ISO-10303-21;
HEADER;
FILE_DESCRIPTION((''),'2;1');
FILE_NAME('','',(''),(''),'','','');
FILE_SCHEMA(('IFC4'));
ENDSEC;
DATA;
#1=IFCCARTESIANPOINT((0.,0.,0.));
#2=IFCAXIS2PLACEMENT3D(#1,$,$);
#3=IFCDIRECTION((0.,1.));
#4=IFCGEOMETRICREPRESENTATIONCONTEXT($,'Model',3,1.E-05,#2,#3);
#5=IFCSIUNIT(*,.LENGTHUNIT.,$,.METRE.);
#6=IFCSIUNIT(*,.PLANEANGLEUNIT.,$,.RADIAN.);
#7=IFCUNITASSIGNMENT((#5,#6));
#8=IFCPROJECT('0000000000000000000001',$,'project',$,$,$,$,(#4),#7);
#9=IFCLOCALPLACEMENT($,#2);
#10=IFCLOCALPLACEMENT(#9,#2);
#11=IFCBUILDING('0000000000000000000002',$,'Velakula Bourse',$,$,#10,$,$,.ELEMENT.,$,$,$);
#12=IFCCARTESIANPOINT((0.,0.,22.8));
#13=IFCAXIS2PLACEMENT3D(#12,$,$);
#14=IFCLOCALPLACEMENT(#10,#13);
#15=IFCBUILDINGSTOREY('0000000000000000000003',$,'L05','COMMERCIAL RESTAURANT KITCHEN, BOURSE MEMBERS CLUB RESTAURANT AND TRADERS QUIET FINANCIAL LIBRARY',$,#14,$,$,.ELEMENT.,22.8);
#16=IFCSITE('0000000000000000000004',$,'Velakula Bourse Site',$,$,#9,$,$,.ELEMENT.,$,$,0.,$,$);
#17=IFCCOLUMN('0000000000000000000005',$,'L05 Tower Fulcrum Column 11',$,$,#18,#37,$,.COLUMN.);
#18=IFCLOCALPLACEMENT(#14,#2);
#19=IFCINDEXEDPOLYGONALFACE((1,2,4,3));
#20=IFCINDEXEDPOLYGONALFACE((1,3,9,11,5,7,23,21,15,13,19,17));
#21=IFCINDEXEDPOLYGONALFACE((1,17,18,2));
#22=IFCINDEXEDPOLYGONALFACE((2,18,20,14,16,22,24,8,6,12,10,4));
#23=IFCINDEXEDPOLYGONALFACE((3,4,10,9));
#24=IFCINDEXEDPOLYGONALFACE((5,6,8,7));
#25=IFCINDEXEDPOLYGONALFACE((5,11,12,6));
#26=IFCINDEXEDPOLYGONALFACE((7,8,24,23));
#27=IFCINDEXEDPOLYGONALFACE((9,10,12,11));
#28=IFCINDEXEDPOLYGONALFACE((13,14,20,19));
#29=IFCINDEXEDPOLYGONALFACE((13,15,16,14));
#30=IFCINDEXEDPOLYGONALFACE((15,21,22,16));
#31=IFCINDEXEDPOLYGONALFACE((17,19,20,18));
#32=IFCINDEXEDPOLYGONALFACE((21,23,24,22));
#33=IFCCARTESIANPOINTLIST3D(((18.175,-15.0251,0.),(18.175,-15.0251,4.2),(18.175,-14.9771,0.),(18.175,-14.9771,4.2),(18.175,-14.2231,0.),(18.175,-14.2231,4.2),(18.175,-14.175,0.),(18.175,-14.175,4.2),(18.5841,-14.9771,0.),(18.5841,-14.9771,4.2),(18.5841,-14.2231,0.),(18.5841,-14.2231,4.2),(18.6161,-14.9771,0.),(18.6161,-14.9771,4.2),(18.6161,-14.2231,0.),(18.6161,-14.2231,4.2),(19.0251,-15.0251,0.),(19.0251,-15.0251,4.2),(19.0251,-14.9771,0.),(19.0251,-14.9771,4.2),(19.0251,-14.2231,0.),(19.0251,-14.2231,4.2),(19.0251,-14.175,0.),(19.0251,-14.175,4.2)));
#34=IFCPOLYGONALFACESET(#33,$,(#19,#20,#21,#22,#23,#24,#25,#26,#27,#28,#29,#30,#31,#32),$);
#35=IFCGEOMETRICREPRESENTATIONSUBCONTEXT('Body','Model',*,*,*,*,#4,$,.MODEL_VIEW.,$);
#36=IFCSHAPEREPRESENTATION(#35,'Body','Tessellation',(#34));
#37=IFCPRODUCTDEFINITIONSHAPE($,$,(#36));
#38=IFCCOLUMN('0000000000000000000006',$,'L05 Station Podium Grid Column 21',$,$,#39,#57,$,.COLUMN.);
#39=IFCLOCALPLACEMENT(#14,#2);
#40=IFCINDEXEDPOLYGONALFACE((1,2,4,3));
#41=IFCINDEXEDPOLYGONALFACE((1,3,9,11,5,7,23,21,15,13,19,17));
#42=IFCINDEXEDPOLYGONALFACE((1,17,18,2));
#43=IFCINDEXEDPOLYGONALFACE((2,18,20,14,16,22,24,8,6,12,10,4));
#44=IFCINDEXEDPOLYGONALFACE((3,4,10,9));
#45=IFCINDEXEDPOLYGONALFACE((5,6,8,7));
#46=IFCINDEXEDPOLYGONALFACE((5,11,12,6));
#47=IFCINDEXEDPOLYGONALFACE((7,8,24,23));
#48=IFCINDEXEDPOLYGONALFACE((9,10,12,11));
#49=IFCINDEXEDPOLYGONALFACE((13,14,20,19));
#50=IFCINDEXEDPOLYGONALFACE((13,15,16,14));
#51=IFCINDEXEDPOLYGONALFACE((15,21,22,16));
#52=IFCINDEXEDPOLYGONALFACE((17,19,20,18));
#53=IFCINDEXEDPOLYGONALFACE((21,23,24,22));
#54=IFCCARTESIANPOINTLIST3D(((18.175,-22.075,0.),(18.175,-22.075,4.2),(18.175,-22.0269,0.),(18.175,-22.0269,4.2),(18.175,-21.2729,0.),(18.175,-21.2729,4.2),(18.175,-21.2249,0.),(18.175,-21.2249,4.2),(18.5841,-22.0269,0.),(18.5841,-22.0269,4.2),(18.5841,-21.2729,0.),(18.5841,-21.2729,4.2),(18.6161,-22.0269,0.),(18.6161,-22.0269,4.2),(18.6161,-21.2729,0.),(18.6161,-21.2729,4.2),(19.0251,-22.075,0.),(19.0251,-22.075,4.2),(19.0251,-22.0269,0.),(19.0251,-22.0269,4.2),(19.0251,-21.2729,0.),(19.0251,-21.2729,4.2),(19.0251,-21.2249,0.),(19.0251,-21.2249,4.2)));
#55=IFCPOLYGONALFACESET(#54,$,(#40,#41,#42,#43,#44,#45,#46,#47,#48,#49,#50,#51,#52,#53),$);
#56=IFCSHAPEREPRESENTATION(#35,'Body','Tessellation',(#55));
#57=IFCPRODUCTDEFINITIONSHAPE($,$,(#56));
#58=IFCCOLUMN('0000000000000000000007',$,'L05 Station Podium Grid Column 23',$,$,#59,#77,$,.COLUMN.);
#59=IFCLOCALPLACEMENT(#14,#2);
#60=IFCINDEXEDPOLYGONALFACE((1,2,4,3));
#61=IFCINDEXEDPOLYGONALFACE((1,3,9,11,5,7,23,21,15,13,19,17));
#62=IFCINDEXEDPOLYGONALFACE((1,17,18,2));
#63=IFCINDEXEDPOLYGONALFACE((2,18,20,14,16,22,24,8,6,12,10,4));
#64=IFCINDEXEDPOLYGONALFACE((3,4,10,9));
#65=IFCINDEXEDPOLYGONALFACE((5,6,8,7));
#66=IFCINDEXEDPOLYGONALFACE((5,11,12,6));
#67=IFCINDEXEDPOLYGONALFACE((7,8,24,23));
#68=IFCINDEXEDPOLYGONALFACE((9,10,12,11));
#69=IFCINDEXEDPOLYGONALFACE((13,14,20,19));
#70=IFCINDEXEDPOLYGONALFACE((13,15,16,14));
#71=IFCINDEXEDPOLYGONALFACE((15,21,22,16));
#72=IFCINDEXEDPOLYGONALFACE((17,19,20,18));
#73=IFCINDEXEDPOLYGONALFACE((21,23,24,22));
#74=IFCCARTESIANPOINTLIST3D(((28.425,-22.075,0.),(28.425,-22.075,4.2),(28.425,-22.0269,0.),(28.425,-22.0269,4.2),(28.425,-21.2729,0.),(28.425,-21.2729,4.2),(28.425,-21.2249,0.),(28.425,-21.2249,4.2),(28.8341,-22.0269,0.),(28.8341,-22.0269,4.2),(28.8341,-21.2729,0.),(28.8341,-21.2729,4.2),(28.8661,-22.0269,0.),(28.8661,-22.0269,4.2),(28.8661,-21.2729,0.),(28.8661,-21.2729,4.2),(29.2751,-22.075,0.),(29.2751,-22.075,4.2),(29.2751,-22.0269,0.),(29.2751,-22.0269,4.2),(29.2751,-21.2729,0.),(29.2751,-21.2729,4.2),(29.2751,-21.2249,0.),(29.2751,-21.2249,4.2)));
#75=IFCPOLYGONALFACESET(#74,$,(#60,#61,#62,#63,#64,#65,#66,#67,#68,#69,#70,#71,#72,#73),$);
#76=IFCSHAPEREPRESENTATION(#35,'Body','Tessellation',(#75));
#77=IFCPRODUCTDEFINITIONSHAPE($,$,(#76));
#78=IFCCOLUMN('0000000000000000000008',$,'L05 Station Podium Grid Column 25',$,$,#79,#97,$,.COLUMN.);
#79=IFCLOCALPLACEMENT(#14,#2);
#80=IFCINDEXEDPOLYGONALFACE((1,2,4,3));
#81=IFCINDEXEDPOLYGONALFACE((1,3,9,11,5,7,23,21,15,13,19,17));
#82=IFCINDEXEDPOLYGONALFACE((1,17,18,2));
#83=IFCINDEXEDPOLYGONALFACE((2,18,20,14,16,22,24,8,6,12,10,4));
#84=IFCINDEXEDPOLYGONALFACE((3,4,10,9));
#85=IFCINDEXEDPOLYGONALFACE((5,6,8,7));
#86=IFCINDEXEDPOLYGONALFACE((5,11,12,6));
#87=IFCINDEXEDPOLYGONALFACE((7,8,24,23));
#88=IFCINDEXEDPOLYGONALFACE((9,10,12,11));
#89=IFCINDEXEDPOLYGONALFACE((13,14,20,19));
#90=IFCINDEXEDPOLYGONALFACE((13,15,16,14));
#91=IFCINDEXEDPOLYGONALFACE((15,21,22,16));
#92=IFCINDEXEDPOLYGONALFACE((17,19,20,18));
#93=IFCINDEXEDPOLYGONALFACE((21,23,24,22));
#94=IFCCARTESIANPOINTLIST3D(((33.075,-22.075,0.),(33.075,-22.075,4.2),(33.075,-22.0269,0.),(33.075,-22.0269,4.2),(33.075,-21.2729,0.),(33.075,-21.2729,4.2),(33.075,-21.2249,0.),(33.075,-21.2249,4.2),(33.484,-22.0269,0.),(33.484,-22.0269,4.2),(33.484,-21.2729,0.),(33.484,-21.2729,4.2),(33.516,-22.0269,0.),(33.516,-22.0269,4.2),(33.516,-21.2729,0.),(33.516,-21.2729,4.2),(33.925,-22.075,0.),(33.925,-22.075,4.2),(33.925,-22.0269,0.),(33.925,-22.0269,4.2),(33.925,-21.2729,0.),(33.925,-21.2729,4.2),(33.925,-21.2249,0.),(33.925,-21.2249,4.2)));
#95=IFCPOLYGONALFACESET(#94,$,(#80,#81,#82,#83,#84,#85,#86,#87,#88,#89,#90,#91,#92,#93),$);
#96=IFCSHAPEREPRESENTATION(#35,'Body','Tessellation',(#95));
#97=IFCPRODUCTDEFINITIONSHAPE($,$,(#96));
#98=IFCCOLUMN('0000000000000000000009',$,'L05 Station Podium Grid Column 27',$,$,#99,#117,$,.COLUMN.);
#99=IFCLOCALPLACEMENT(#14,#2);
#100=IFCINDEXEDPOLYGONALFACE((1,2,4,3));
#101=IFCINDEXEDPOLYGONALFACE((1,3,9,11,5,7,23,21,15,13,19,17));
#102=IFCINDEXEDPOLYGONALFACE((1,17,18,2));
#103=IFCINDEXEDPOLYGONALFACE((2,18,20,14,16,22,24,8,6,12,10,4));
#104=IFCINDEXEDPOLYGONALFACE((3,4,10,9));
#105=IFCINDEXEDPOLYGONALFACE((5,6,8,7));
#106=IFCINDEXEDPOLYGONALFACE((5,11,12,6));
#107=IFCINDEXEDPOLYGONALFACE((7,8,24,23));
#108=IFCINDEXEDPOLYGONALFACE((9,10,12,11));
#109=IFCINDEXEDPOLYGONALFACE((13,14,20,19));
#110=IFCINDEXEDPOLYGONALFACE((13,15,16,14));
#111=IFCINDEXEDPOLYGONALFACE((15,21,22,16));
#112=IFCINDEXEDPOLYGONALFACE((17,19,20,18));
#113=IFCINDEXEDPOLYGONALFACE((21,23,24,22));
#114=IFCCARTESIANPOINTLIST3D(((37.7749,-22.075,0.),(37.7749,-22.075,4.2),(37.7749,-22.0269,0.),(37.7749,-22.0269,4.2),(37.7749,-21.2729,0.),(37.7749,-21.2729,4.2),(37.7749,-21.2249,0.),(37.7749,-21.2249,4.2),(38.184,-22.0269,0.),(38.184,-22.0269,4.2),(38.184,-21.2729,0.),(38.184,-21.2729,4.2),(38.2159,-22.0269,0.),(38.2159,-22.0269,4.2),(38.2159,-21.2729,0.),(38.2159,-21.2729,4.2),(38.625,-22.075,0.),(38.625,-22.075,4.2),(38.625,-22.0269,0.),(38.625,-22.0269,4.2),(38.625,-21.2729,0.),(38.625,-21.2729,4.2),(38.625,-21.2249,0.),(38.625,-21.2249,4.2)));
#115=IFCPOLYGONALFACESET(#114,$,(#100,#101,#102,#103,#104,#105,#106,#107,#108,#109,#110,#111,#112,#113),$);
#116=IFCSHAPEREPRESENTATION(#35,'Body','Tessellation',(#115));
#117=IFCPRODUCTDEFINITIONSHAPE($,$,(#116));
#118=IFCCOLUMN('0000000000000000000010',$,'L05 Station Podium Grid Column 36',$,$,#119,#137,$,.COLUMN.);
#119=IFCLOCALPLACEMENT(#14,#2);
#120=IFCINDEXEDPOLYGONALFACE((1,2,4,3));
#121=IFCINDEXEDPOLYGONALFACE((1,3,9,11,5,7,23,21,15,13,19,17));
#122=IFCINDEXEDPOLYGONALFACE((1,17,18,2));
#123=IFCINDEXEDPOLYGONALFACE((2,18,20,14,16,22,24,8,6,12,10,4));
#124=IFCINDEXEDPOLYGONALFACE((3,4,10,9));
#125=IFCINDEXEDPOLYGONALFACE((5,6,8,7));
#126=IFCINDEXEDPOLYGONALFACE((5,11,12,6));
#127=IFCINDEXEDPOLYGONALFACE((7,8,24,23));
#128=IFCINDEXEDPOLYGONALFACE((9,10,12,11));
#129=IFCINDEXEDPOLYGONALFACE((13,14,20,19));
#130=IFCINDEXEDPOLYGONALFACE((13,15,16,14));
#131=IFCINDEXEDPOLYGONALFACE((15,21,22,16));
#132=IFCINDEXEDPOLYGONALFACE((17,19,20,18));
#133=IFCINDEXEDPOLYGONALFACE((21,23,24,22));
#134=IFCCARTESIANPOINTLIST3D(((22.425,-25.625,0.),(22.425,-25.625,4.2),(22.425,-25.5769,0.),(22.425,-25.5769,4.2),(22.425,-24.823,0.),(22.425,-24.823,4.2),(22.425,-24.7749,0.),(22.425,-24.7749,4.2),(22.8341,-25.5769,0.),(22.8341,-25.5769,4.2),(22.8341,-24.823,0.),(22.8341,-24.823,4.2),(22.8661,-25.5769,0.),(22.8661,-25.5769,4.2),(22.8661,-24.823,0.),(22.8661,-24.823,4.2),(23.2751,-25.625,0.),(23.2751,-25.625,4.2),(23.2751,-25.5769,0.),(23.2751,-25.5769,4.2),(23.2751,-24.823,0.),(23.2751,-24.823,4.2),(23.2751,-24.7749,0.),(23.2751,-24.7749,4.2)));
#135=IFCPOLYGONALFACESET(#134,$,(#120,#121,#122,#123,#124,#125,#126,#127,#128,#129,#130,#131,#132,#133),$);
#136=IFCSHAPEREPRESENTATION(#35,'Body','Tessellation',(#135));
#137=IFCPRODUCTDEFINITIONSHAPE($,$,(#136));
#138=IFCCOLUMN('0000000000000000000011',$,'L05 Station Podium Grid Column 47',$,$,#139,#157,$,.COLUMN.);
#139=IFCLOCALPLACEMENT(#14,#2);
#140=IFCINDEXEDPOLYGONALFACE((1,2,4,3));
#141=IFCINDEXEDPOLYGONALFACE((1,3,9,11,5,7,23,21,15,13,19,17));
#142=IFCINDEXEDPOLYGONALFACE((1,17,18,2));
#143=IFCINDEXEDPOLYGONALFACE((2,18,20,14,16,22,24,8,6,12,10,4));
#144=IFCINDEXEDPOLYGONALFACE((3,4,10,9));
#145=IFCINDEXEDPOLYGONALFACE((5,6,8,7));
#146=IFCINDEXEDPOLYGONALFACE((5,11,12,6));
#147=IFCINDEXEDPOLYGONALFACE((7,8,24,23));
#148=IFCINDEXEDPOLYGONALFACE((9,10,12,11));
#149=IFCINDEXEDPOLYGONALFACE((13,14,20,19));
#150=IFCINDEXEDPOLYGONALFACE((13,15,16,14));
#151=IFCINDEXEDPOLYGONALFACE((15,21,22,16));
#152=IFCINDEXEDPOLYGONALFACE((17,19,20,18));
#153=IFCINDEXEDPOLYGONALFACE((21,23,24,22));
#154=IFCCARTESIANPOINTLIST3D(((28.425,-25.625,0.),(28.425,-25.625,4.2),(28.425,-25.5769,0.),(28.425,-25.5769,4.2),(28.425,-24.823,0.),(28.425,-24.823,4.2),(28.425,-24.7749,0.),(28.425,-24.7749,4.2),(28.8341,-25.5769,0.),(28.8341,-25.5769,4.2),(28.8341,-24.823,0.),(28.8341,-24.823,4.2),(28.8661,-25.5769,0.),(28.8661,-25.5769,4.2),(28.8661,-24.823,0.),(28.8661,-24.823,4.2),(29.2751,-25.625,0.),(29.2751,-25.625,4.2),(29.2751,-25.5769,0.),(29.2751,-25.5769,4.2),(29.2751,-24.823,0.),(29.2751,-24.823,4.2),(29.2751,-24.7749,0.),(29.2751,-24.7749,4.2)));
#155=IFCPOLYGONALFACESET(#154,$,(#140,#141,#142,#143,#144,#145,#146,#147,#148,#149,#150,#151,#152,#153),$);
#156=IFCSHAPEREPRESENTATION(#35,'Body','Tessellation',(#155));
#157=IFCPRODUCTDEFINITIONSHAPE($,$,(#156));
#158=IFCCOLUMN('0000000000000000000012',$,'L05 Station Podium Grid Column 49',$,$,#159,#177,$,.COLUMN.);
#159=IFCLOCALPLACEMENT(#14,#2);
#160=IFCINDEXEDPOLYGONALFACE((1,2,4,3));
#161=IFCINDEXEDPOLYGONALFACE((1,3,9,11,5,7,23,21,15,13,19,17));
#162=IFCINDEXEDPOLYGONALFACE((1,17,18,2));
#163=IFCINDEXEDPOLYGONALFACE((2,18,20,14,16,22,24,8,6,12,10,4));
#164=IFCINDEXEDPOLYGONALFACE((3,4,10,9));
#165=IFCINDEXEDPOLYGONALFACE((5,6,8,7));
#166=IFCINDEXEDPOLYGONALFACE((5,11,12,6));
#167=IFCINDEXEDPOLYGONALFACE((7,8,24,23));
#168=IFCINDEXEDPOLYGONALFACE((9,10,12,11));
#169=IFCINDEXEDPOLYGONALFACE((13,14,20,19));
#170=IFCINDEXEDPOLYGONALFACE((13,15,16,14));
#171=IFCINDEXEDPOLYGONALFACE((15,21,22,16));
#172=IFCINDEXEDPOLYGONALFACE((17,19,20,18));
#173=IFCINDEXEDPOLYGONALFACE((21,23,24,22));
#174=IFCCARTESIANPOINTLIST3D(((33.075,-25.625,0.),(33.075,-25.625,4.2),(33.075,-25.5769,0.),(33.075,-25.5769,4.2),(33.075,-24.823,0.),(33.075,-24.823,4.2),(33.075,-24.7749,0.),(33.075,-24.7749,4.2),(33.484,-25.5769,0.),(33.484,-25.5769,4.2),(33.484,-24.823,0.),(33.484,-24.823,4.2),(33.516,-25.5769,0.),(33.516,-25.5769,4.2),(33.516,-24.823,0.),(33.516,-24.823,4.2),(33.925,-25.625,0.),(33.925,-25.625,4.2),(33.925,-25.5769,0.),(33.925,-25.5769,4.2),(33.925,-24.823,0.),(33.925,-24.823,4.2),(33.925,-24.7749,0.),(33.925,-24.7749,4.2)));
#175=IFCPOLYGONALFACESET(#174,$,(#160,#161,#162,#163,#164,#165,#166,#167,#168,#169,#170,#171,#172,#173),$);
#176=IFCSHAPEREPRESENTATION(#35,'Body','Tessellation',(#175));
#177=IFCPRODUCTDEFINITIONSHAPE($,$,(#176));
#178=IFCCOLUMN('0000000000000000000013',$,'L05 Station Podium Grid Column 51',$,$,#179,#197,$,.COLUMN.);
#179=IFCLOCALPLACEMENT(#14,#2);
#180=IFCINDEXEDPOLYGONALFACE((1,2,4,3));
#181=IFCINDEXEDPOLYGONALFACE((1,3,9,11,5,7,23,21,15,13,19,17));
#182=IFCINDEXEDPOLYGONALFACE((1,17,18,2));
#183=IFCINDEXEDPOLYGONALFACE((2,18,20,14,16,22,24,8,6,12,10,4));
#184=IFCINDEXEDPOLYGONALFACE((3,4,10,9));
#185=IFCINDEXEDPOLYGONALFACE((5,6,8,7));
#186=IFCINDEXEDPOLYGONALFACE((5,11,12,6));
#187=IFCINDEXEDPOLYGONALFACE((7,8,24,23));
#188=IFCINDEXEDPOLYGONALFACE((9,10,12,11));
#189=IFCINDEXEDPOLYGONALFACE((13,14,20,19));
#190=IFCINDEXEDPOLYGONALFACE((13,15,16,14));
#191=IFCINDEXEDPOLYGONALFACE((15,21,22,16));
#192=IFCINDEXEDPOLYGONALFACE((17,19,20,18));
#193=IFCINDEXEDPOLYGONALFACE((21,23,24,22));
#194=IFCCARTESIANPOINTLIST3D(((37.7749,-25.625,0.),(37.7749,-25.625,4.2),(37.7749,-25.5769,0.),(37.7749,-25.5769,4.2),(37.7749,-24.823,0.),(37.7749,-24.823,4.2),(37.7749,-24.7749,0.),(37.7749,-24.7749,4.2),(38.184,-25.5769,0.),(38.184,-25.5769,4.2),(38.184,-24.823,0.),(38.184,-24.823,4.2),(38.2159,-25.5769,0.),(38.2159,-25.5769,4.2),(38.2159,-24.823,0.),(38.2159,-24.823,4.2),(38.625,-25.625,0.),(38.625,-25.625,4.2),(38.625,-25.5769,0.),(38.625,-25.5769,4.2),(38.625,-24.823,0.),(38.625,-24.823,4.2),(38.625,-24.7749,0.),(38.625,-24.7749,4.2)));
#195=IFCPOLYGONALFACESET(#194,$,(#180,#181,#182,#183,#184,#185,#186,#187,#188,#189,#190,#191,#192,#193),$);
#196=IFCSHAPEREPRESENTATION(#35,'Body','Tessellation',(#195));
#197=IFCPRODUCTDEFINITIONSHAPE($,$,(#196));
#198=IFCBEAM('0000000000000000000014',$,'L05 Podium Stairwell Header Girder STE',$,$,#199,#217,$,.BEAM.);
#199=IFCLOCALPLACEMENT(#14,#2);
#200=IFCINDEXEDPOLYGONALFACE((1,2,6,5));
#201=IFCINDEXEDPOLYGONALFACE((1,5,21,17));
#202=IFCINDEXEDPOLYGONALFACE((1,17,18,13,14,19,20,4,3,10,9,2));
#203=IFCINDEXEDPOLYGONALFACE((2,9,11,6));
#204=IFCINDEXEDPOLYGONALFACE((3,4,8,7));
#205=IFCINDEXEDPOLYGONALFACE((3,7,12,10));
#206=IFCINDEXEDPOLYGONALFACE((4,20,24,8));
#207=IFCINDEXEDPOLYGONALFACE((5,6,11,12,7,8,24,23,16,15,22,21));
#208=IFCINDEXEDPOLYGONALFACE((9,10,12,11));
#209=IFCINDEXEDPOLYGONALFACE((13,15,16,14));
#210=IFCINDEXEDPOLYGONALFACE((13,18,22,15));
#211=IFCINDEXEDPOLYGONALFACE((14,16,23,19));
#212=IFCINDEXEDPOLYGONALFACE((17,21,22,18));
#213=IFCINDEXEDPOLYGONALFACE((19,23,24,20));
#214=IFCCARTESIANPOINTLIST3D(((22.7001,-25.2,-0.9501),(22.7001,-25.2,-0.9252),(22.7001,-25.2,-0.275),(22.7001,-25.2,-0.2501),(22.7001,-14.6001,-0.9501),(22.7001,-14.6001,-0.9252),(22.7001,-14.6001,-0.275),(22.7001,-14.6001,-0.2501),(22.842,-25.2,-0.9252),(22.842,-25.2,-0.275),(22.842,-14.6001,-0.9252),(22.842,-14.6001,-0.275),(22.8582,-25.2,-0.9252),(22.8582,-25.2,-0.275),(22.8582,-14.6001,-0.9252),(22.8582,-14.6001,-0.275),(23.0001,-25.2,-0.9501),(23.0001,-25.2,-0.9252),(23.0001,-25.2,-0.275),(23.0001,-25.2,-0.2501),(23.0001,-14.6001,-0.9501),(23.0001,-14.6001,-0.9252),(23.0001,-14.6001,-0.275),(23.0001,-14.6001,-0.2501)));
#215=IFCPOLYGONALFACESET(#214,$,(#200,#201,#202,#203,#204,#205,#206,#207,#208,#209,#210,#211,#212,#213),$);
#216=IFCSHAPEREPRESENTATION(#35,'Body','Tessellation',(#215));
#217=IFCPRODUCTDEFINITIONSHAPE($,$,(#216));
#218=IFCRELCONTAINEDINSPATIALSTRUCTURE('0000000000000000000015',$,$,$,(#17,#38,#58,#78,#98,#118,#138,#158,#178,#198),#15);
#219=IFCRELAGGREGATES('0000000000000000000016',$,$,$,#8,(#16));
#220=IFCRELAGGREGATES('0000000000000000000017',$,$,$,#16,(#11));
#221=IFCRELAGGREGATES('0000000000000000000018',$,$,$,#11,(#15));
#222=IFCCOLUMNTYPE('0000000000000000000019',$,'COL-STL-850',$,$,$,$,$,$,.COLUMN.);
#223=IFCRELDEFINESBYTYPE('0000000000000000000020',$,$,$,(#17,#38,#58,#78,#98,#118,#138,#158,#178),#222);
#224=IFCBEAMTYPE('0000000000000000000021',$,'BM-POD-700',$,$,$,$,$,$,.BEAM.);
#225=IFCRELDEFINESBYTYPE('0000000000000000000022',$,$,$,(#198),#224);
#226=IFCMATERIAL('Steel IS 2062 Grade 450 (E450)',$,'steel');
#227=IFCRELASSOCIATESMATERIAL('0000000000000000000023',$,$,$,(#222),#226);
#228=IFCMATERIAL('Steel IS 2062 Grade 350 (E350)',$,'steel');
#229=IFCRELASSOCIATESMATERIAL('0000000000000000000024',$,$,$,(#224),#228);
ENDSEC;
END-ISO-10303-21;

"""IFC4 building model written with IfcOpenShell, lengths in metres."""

from ifc_helpers import new_model, si_unit, direction, frame, origin, origin_2d, place, context, subcontext, project, spatial, i_section, extrude, material, material_profile, profile_set, type_object, element, save


model = new_model("IFC4")

# Units and contexts
model_context = context("Model", 3, precision=1e-05, world=origin(), true_north=direction((0.0, 1.0)))
body_context = subcontext(model_context, "Body", "Model", "MODEL_VIEW")
ifc_project = project(units=[si_unit("LENGTHUNIT", "METRE"), si_unit("PLANEANGLEUNIT", "RADIAN")], contexts=[model_context])

# Site, building, storey
site_placement = place(None, origin())
site = spatial("IfcSite", under=ifc_project, at=site_placement, Name="Velakula Bourse Site", CompositionType="ELEMENT", RefElevation=0.0)
building_placement = place(site_placement, origin())
building = spatial("IfcBuilding", under=site, at=building_placement, Name="Velakula Bourse", CompositionType="ELEMENT")
storey_placement = place(building_placement, frame((0.0, 0.0, 22.8)))
storey = spatial("IfcBuildingStorey", under=building, at=storey_placement, Name="L05", Description="COMMERCIAL RESTAURANT KITCHEN, BOURSE MEMBERS CLUB RESTAURANT AND TRADERS QUIET FINANCIAL LIBRARY", CompositionType="ELEMENT", Elevation=22.8)

# Columns
ifc_material_1 = material(Name="Steel IS 2062 Grade 450 (E450)", Category="steel")
ifc_material_profile_1 = material_profile(ifc_material_1, i_section(OverallWidth=0.8501, OverallDepth=0.8501, WebThickness=0.032, FlangeThickness=0.0481, at=origin_2d()), Name="Steel IS 2062 Grade 450 (E450)")
ifc_profile_set_1 = profile_set([ifc_material_profile_1], Name="Steel IS 2062 Grade 450 (E450)")
column_type = type_object("IfcColumnType", Name="COL-STL-850", PredefinedType="COLUMN", material=ifc_profile_set_1)
for number, where, z_axis, x_axis, name in (
    (1, (18.6001, -14.6001, 0.0), (0.0, 0.0, 1.0), (1.0, 0.0, 0.0), "L05 Tower Fulcrum Column 11"),
    (2, (18.6001, -21.6499, 0.0), (0.0, 0.0, 1.0), (1.0, 0.0, 0.0), "L05 Station Podium Grid Column 21"),
    (3, (28.8501, -21.6499, 0.0), (0.0, 0.0, 1.0), (1.0, 0.0, 0.0), "L05 Station Podium Grid Column 23"),
    (4, (33.5, -21.6499, 0.0), (0.0, 0.0, 1.0), (1.0, 0.0, 0.0), "L05 Station Podium Grid Column 25"),
    (5, (38.2, -21.6499, 0.0), (0.0, 0.0, 1.0), (1.0, 0.0, 0.0), "L05 Station Podium Grid Column 27"),
    (6, (22.8501, -25.2, 0.0), (0.0, 0.0, 1.0), (1.0, 0.0, 0.0), "L05 Station Podium Grid Column 36"),
    (7, (28.8501, -25.2, 0.0), (0.0, 0.0, 1.0), (1.0, 0.0, 0.0), "L05 Station Podium Grid Column 47"),
    (8, (33.5, -25.2, 0.0), (0.0, 0.0, 1.0), (1.0, 0.0, 0.0), "L05 Station Podium Grid Column 49"),
    (9, (38.2, -25.2, 0.0), (0.0, 0.0, 1.0), (1.0, 0.0, 0.0), "L05 Station Podium Grid Column 51"),
):
    element("IfcColumn", number, at=place(storey_placement, frame(where, z_axis=z_axis, x_axis=x_axis)), inside=storey, type_object=column_type, Name=name, PredefinedType="COLUMN", context=body_context, shape_type="SweptSolid", body=[
        extrude(i_section(OverallWidth=0.8501, OverallDepth=0.8501, WebThickness=0.032, FlangeThickness=0.0481, at=origin_2d()), origin(), (0.0, 0.0, 1.0), 4.2),
    ])

# Beam
ifc_material_2 = material(Name="Steel IS 2062 Grade 350 (E350)", Category="steel")
ifc_material_profile_2 = material_profile(ifc_material_2, i_section(OverallWidth=0.3, OverallDepth=0.7, WebThickness=0.0161, FlangeThickness=0.0249, at=origin_2d()), Name="Steel IS 2062 Grade 350 (E350)")
ifc_profile_set_2 = profile_set([ifc_material_profile_2], Name="Steel IS 2062 Grade 350 (E350)")
beam_type_1 = type_object("IfcBeamType", Name="BM-POD-700", PredefinedType="BEAM", material=ifc_profile_set_2)
beam_1_placement = place(storey_placement, frame((22.8501, -25.2, -0.6001), z_axis=(0.0, 1.0, 0.0), x_axis=(-1.0, 0.0, 0.0)))
element("IfcBeam", 10, at=beam_1_placement, inside=storey, type_object=beam_type_1, Name="L05 Podium Stairwell Header Girder STE", PredefinedType="BEAM", context=body_context, shape_type="SweptSolid", body=[
    extrude(i_section(OverallWidth=0.3, OverallDepth=0.7, WebThickness=0.0161, FlangeThickness=0.0249, at=origin_2d()), origin(), (0.0, 0.0, 1.0), 10.5999),
])

save(model, "model.ifc")
